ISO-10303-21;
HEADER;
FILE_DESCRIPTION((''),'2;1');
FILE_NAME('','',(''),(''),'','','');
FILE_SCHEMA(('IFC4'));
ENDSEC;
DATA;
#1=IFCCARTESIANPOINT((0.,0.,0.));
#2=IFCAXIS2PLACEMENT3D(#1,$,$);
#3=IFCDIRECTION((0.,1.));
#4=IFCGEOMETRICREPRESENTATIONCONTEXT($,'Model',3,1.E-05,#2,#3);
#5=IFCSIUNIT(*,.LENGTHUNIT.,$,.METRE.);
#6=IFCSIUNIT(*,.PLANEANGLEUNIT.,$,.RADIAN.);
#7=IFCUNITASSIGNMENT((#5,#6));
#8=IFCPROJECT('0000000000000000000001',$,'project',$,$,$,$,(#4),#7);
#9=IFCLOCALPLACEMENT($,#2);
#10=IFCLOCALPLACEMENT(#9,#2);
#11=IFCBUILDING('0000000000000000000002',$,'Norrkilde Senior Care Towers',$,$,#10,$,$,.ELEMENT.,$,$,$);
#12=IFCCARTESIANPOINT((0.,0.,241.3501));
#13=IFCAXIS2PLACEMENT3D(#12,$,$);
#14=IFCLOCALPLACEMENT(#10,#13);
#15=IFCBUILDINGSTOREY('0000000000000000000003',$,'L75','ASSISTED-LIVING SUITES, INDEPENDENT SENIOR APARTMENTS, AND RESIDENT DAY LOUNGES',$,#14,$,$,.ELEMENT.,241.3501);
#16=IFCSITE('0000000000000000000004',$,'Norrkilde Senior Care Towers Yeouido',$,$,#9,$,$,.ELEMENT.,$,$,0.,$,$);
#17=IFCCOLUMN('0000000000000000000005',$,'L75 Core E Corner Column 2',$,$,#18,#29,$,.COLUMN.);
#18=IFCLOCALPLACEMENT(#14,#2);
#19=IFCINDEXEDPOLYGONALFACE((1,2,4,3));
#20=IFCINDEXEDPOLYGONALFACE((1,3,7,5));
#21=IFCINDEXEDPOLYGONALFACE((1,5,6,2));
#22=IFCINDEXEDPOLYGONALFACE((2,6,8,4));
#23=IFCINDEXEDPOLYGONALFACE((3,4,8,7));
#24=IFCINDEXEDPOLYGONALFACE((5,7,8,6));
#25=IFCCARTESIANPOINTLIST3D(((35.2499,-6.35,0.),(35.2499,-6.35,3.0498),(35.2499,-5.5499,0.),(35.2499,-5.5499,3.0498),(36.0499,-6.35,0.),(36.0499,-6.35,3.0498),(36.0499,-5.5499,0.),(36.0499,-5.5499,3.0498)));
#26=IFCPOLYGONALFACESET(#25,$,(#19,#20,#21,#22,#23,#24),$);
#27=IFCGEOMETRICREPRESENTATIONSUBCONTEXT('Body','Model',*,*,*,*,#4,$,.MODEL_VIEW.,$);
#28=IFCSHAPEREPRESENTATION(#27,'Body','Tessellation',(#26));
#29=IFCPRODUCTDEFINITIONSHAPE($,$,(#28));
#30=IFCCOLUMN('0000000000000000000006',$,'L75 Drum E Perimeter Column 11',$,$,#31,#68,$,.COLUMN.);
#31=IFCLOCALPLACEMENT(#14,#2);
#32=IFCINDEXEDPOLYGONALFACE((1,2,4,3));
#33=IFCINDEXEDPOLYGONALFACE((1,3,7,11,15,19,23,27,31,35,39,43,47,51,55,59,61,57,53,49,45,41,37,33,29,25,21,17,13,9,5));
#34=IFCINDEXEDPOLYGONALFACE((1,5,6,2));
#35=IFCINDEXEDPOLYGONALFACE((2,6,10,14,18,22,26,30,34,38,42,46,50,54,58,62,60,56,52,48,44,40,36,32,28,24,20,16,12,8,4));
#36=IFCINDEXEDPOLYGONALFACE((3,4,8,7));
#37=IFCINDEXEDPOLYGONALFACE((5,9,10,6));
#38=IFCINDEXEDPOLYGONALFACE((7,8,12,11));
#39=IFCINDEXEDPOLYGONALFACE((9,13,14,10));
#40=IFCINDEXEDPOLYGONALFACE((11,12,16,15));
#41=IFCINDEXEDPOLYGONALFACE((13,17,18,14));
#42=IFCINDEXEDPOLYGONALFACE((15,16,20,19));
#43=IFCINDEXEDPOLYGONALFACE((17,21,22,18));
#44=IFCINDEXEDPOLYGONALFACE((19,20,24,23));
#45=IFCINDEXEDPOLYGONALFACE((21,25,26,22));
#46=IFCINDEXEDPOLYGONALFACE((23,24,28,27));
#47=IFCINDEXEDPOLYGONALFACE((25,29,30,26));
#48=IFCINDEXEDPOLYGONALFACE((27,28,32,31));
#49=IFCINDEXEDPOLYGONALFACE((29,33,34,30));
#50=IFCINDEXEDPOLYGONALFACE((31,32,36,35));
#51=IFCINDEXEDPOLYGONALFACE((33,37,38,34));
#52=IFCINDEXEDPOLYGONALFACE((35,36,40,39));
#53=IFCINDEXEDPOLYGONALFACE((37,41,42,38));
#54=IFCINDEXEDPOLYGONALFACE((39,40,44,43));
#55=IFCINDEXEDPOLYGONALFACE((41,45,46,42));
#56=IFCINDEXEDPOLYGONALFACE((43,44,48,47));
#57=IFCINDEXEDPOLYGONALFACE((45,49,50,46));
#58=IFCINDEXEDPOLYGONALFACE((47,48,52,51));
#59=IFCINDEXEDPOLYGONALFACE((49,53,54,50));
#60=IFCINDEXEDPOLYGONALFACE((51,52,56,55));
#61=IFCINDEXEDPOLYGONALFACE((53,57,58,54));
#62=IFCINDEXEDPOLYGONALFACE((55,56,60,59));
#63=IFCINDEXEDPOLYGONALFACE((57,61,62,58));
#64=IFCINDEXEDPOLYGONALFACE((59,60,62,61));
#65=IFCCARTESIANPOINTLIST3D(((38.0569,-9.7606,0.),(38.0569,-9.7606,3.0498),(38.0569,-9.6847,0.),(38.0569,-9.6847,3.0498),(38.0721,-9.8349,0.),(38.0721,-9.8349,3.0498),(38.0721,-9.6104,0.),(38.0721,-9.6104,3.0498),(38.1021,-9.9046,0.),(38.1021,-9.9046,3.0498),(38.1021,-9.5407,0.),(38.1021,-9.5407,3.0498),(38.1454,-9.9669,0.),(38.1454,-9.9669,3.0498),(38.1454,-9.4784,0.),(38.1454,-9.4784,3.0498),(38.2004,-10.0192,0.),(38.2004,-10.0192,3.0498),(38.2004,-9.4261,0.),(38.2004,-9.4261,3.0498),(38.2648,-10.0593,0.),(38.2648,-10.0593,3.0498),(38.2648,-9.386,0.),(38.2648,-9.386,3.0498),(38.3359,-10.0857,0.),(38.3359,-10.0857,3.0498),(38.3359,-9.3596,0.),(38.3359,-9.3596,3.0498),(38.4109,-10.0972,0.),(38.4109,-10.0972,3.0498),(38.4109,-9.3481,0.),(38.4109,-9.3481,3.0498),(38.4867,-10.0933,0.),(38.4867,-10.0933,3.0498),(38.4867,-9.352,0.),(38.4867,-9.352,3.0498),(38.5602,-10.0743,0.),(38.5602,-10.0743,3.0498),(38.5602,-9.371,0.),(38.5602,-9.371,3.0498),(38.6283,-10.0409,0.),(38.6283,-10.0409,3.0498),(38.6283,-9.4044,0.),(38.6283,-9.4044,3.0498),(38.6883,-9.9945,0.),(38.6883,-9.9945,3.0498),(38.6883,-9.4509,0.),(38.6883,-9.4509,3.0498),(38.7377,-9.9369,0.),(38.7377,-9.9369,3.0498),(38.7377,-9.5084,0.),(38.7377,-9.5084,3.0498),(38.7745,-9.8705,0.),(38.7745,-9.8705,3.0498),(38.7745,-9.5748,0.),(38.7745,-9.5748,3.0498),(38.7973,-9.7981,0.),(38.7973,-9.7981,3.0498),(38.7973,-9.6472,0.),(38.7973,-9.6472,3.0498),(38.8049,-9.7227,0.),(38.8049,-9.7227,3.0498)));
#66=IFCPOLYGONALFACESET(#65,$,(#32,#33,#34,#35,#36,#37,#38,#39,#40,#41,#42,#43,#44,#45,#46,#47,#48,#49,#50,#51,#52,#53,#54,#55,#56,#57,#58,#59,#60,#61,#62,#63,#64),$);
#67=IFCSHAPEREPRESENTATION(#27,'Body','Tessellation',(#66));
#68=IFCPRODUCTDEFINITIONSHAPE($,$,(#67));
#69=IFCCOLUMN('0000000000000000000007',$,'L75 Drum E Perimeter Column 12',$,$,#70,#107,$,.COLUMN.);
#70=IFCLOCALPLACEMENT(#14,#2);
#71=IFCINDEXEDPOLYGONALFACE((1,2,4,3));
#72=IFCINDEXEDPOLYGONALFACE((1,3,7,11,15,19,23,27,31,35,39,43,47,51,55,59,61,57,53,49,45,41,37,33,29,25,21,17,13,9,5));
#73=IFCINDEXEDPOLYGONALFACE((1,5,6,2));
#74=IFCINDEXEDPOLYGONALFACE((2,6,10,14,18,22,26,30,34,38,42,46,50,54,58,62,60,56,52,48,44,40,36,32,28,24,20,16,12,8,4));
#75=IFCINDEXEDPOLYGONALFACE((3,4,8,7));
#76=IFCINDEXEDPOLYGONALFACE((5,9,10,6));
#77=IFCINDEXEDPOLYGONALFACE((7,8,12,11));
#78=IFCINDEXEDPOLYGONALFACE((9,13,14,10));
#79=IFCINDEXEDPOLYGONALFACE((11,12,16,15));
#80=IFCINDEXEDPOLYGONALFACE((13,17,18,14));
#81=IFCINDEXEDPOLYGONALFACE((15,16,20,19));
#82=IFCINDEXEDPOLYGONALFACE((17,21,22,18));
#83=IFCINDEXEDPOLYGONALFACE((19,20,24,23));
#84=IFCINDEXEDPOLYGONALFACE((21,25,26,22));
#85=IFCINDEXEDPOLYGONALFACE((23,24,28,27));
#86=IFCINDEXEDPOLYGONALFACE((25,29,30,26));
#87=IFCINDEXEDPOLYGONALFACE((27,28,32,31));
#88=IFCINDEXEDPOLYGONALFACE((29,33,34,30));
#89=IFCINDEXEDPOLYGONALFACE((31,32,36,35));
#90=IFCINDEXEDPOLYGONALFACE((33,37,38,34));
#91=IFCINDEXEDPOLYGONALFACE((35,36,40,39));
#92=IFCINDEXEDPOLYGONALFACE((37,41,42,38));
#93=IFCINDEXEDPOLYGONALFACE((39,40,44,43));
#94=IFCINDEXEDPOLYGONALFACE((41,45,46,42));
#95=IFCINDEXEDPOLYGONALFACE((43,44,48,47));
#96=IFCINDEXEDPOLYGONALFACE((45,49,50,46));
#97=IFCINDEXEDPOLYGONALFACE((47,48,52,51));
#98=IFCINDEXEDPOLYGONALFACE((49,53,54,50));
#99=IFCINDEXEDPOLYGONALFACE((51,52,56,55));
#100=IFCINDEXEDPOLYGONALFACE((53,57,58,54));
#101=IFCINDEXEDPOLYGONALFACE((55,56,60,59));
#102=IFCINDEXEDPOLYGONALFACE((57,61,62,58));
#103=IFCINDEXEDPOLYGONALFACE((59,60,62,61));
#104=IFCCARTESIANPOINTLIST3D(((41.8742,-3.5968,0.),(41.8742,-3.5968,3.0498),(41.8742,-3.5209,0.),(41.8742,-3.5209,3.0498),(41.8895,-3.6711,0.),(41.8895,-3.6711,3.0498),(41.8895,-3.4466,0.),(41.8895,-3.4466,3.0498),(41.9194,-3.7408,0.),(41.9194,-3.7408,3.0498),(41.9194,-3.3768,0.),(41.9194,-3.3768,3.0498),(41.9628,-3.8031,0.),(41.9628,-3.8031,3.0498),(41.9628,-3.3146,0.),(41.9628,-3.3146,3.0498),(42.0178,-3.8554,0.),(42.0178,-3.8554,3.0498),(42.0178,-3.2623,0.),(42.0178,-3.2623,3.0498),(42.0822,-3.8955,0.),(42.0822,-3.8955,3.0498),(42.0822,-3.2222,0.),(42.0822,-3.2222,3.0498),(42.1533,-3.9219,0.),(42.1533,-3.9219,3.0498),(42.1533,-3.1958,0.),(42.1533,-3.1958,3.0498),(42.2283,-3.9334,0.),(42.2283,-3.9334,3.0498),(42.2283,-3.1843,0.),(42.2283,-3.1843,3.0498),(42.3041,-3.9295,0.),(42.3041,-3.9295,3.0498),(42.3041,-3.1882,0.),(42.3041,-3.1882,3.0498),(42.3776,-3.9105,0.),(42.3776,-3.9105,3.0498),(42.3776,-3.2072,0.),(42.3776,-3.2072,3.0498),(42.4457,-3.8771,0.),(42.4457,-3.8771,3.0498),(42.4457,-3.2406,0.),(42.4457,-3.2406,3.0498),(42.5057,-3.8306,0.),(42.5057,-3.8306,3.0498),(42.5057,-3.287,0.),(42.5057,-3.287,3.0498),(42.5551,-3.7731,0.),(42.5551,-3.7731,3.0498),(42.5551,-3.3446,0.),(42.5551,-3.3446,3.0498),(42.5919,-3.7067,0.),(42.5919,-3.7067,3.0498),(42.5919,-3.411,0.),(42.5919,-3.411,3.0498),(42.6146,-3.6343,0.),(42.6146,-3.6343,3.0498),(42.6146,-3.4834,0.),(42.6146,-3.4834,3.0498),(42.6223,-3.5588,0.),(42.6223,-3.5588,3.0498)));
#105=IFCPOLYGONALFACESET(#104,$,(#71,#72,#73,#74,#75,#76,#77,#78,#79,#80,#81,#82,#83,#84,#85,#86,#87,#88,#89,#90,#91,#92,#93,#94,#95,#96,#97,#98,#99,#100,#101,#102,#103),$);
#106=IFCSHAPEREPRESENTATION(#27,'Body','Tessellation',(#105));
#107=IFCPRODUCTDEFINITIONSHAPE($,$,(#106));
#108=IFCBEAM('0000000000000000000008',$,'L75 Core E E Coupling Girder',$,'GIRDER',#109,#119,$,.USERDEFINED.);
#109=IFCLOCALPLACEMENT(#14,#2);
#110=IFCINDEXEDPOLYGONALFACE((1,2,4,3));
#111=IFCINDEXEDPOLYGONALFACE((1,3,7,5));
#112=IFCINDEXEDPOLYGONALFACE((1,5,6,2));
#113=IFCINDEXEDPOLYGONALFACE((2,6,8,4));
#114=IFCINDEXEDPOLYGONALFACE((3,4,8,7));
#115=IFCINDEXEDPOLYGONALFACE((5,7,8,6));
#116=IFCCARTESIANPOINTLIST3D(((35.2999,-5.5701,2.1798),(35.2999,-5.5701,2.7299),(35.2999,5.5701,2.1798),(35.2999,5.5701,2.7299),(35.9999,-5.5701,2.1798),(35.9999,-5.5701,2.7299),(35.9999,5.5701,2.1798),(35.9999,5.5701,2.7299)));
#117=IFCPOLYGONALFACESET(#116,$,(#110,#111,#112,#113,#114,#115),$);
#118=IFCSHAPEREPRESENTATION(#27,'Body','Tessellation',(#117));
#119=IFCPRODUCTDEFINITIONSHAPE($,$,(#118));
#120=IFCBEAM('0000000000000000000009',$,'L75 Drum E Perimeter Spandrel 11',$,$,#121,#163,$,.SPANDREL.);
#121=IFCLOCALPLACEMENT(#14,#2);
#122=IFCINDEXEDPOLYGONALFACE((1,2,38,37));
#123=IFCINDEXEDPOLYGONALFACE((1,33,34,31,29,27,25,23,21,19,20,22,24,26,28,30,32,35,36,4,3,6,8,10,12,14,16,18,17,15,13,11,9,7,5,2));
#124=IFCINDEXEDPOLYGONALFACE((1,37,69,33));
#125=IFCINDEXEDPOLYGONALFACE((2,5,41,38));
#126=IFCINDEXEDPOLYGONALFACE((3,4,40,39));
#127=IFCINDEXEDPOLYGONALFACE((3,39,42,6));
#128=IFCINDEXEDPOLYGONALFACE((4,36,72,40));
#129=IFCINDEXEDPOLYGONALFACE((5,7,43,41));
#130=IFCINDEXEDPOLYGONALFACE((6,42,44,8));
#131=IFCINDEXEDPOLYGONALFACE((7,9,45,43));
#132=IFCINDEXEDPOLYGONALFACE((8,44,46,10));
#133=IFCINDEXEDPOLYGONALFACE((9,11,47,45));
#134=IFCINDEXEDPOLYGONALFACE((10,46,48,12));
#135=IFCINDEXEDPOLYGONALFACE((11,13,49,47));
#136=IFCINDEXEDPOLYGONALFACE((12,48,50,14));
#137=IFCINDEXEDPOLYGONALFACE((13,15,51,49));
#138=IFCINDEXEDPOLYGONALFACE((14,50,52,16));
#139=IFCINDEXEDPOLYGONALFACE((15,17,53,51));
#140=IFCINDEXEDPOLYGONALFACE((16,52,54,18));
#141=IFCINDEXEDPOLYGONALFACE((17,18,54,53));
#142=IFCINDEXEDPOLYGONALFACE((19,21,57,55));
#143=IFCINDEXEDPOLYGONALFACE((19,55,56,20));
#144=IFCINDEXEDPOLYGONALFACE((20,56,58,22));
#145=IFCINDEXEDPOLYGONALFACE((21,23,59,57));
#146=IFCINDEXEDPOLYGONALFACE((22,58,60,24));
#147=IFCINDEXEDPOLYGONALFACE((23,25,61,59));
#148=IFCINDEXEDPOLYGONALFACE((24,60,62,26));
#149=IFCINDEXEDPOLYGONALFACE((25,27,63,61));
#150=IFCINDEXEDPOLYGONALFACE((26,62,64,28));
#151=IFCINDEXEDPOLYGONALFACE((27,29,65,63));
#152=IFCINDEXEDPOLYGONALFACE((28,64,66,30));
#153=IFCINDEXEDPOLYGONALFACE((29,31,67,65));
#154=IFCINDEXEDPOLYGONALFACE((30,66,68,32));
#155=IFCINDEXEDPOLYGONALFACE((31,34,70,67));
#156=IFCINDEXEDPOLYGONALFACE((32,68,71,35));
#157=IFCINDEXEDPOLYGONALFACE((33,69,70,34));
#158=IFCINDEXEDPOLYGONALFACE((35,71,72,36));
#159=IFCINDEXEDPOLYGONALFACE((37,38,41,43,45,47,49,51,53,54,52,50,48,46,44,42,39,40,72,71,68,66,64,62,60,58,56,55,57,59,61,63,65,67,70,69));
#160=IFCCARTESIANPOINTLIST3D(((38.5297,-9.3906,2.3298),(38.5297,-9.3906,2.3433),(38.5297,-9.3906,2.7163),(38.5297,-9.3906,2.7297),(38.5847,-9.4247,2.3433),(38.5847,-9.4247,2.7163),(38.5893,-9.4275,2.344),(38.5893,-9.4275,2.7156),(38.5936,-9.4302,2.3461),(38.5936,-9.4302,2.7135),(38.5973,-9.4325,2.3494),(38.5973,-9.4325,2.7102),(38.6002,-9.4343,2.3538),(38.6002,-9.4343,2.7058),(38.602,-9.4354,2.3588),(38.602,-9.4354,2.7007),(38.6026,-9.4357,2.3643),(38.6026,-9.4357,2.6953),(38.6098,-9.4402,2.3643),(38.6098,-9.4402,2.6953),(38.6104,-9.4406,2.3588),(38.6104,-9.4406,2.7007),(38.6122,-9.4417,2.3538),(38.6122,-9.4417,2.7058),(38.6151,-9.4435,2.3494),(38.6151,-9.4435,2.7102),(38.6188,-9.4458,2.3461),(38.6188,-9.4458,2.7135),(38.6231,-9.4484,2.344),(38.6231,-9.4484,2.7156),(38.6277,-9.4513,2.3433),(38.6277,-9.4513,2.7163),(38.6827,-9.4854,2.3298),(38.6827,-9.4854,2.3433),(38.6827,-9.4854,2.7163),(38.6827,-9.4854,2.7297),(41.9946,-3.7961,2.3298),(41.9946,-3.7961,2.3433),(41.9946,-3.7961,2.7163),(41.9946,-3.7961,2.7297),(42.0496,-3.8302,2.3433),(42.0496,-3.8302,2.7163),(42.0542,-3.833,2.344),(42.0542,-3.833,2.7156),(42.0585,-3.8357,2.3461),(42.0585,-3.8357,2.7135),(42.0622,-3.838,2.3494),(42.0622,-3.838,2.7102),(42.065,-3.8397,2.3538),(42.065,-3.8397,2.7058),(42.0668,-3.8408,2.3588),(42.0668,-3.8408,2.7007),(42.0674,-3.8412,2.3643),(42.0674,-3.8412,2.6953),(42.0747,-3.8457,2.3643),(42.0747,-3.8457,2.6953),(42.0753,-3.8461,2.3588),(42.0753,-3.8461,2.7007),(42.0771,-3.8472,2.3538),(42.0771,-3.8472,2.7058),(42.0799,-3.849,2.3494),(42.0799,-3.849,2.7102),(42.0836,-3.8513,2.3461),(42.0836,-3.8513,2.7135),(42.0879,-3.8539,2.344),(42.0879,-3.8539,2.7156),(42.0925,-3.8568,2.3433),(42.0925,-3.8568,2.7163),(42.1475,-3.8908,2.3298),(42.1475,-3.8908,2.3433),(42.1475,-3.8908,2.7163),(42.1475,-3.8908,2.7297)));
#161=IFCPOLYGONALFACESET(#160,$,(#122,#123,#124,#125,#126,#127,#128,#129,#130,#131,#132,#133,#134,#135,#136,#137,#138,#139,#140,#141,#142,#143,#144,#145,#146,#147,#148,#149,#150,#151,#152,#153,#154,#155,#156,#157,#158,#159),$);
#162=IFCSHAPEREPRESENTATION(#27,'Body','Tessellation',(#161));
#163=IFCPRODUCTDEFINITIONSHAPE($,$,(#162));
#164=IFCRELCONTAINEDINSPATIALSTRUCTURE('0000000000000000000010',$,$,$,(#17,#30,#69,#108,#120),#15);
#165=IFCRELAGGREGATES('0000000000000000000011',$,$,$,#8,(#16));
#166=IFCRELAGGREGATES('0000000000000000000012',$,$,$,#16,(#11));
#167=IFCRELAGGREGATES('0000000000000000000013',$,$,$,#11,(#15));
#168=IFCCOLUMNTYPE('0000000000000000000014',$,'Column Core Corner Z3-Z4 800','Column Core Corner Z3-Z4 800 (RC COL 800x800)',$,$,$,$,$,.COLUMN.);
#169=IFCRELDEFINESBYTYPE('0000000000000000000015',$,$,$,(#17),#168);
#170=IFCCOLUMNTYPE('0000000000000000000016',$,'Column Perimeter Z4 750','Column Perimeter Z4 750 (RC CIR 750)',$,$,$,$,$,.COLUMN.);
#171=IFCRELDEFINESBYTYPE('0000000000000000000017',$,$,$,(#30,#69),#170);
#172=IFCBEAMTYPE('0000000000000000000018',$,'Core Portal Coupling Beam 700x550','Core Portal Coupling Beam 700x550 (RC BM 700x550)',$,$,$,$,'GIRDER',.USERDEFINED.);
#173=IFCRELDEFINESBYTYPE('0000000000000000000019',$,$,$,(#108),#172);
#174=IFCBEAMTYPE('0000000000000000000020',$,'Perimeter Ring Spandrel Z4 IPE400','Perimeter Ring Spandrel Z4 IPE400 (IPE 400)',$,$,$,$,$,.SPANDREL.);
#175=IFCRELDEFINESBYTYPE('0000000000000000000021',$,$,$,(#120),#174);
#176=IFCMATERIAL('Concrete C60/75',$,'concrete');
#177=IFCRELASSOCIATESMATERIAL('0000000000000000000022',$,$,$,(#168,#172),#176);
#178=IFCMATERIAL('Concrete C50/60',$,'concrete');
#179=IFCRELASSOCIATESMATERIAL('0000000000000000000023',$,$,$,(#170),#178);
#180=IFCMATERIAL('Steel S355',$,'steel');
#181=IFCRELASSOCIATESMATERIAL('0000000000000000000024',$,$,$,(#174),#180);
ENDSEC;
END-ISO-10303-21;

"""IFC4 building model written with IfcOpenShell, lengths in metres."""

from ifc_helpers import new_model, si_unit, direction, frame, origin, origin_2d, place, context, subcontext, project, spatial, rectangle, circle, i_section, extrude, source, transform, mapped, material, material_profile, profile_set, type_object, type_shapes, element, save


model = new_model("IFC4")

# Units and contexts
model_context = context("Model", 3, precision=1e-05, world=origin(), true_north=direction((0.0, 1.0)))
body_context = subcontext(model_context, "Body", "Model", "MODEL_VIEW")
ifc_project = project(units=[si_unit("LENGTHUNIT", "METRE"), si_unit("PLANEANGLEUNIT", "RADIAN")], contexts=[model_context])

# Site, building, storey
site_placement = place(None, origin())
site = spatial("IfcSite", under=ifc_project, at=site_placement, Name="Norrkilde Senior Care Towers Yeouido", CompositionType="ELEMENT", RefElevation=0.0)
building_placement = place(site_placement, origin())
building = spatial("IfcBuilding", under=site, at=building_placement, Name="Norrkilde Senior Care Towers", CompositionType="ELEMENT")
storey_placement = place(building_placement, frame((0.0, 0.0, 241.3501)))
storey = spatial("IfcBuildingStorey", under=building, at=storey_placement, Name="L75", Description="ASSISTED-LIVING SUITES, INDEPENDENT SENIOR APARTMENTS, AND RESIDENT DAY LOUNGES", CompositionType="ELEMENT", Elevation=241.3501)

# Columns
ifc_material_1 = material(Name="Concrete C60/75", Category="concrete")
ifc_material_profile_1 = material_profile(ifc_material_1, rectangle(XDim=0.8, YDim=0.8, at=origin_2d()), Name="RC COL 800x800")
ifc_profile_set_1 = profile_set([ifc_material_profile_1], Name="Concrete C60/75")
column_type_1 = type_object("IfcColumnType", Name="Column Core Corner Z3-Z4 800", Description="Column Core Corner Z3-Z4 800 (RC COL 800x800)", PredefinedType="COLUMN", material=ifc_profile_set_1)
shared_shape_1 = source(origin(), body_context, "Body", "SweptSolid", [
    extrude(rectangle(XDim=0.8, YDim=0.8, at=origin_2d()), origin(), (0.0, 0.0, 1.0), 3.0498),
])
type_shapes(column_type_1, [shared_shape_1])
column_placement = place(storey_placement, frame((35.6499, -5.95, 0.0), z_axis=(0.0, 0.0, 1.0), x_axis=(1.0, 0.0, 0.0)))
element("IfcColumn", 1, at=column_placement, inside=storey, type_object=column_type_1, Name="L75 Core E Corner Column 2", PredefinedType="COLUMN", context=body_context, shape_type="MappedRepresentation", body=[
    mapped(shared_shape_1, transform((0.0, 0.0, 0.0), x_axis=(1.0, 0.0, 0.0), y_axis=(0.0, 1.0, 0.0), z_axis=(0.0, 0.0, 1.0), scale=1.0)),
])
ifc_material_2 = material(Name="Concrete C50/60", Category="concrete")
ifc_material_profile_2 = material_profile(ifc_material_2, circle(Radius=0.375, at=origin_2d()), Name="RC CIR 750")
ifc_profile_set_2 = profile_set([ifc_material_profile_2], Name="Concrete C50/60")
column_type_2 = type_object("IfcColumnType", Name="Column Perimeter Z4 750", Description="Column Perimeter Z4 750 (RC CIR 750)", PredefinedType="COLUMN", material=ifc_profile_set_2)
shared_shape_2 = source(origin(), body_context, "Body", "SweptSolid", [
    extrude(circle(Radius=0.375, at=origin_2d()), origin(), (0.0, 0.0, 1.0), 3.0498),
])
type_shapes(column_type_2, [shared_shape_2])
for number, where, z_axis, x_axis, name in (
    (2, (38.4299, -9.7227, 0.0), (0.0, 0.0, 1.0), (1.0, 0.0, 0.0), "L75 Drum E Perimeter Column 11"),
    (3, (42.2473, -3.5588, 0.0), (0.0, 0.0, 1.0), (1.0, 0.0, 0.0), "L75 Drum E Perimeter Column 12"),
):
    element("IfcColumn", number, at=place(storey_placement, frame(where, z_axis=z_axis, x_axis=x_axis)), inside=storey, type_object=column_type_2, Name=name, PredefinedType="COLUMN", context=body_context, shape_type="MappedRepresentation", body=[
        mapped(shared_shape_2, transform((0.0, 0.0, 0.0), x_axis=(1.0, 0.0, 0.0), y_axis=(0.0, 1.0, 0.0), z_axis=(0.0, 0.0, 1.0), scale=1.0)),
    ])

# Beams
ifc_material_profile_3 = material_profile(ifc_material_1, rectangle(XDim=0.7, YDim=0.55, at=origin_2d()), Name="RC BM 700x550")
ifc_profile_set_3 = profile_set([ifc_material_profile_3], Name="Concrete C60/75")
beam_type_1 = type_object("IfcBeamType", Name="Core Portal Coupling Beam 700x550", Description="Core Portal Coupling Beam 700x550 (RC BM 700x550)", ElementType="GIRDER", PredefinedType="USERDEFINED", material=ifc_profile_set_3)
shared_shape_3 = source(origin(), body_context, "Body", "SweptSolid", [
    extrude(rectangle(XDim=0.7, YDim=0.55, at=origin_2d()), origin(), (0.0, 0.0, 1.0), 11.1401),
])
type_shapes(beam_type_1, [shared_shape_3])
beam_1_placement = place(storey_placement, frame((35.6499, -5.5701, 2.4548), z_axis=(0.0, 1.0, 0.0), x_axis=(-1.0, 0.0, 0.0)))
element("IfcBeam", 4, at=beam_1_placement, inside=storey, type_object=beam_type_1, Name="L75 Core E E Coupling Girder", ObjectType="GIRDER", PredefinedType="USERDEFINED", context=body_context, shape_type="MappedRepresentation", body=[
    mapped(shared_shape_3, transform((0.0, 0.0, 0.0), x_axis=(1.0, 0.0, 0.0), y_axis=(0.0, 1.0, 0.0), z_axis=(0.0, 0.0, 1.0), scale=1.0)),
])
ifc_material_3 = material(Name="Steel S355", Category="steel")
ifc_material_profile_4 = material_profile(ifc_material_3, i_section(OverallWidth=0.1799, OverallDepth=0.3999, WebThickness=0.0085, FlangeThickness=0.0134, FilletRadius=0.021, at=origin_2d()), Name="IPE 400")
ifc_profile_set_4 = profile_set([ifc_material_profile_4], Name="Steel S355")
beam_type_2 = type_object("IfcBeamType", Name="Perimeter Ring Spandrel Z4 IPE400", Description="Perimeter Ring Spandrel Z4 IPE400 (IPE 400)", PredefinedType="SPANDREL", material=ifc_profile_set_4)
shared_shape_4 = source(origin(), body_context, "Body", "SweptSolid", [
    extrude(i_section(OverallWidth=0.1799, OverallDepth=0.3999, WebThickness=0.0085, FlangeThickness=0.0134, FilletRadius=0.021, at=origin_2d()), origin(), (0.0, 0.0, 1.0), 6.5806),
])
beam_2_placement = place(storey_placement, frame((38.6062, -9.438, 2.5298), z_axis=(0.52653, 0.850157, 0.0), x_axis=(-0.850157, 0.52653, 0.0)))
element("IfcBeam", 5, at=beam_2_placement, inside=storey, type_object=beam_type_2, Name="L75 Drum E Perimeter Spandrel 11", PredefinedType="SPANDREL", context=body_context, shape_type="MappedRepresentation", body=[
    mapped(shared_shape_4, transform((0.0, 0.0, 0.0), x_axis=(1.0, 0.0, 0.0), y_axis=(0.0, 1.0, 0.0), z_axis=(0.0, 0.0, 1.0), scale=1.0)),
])

save(model, "model.ifc")
